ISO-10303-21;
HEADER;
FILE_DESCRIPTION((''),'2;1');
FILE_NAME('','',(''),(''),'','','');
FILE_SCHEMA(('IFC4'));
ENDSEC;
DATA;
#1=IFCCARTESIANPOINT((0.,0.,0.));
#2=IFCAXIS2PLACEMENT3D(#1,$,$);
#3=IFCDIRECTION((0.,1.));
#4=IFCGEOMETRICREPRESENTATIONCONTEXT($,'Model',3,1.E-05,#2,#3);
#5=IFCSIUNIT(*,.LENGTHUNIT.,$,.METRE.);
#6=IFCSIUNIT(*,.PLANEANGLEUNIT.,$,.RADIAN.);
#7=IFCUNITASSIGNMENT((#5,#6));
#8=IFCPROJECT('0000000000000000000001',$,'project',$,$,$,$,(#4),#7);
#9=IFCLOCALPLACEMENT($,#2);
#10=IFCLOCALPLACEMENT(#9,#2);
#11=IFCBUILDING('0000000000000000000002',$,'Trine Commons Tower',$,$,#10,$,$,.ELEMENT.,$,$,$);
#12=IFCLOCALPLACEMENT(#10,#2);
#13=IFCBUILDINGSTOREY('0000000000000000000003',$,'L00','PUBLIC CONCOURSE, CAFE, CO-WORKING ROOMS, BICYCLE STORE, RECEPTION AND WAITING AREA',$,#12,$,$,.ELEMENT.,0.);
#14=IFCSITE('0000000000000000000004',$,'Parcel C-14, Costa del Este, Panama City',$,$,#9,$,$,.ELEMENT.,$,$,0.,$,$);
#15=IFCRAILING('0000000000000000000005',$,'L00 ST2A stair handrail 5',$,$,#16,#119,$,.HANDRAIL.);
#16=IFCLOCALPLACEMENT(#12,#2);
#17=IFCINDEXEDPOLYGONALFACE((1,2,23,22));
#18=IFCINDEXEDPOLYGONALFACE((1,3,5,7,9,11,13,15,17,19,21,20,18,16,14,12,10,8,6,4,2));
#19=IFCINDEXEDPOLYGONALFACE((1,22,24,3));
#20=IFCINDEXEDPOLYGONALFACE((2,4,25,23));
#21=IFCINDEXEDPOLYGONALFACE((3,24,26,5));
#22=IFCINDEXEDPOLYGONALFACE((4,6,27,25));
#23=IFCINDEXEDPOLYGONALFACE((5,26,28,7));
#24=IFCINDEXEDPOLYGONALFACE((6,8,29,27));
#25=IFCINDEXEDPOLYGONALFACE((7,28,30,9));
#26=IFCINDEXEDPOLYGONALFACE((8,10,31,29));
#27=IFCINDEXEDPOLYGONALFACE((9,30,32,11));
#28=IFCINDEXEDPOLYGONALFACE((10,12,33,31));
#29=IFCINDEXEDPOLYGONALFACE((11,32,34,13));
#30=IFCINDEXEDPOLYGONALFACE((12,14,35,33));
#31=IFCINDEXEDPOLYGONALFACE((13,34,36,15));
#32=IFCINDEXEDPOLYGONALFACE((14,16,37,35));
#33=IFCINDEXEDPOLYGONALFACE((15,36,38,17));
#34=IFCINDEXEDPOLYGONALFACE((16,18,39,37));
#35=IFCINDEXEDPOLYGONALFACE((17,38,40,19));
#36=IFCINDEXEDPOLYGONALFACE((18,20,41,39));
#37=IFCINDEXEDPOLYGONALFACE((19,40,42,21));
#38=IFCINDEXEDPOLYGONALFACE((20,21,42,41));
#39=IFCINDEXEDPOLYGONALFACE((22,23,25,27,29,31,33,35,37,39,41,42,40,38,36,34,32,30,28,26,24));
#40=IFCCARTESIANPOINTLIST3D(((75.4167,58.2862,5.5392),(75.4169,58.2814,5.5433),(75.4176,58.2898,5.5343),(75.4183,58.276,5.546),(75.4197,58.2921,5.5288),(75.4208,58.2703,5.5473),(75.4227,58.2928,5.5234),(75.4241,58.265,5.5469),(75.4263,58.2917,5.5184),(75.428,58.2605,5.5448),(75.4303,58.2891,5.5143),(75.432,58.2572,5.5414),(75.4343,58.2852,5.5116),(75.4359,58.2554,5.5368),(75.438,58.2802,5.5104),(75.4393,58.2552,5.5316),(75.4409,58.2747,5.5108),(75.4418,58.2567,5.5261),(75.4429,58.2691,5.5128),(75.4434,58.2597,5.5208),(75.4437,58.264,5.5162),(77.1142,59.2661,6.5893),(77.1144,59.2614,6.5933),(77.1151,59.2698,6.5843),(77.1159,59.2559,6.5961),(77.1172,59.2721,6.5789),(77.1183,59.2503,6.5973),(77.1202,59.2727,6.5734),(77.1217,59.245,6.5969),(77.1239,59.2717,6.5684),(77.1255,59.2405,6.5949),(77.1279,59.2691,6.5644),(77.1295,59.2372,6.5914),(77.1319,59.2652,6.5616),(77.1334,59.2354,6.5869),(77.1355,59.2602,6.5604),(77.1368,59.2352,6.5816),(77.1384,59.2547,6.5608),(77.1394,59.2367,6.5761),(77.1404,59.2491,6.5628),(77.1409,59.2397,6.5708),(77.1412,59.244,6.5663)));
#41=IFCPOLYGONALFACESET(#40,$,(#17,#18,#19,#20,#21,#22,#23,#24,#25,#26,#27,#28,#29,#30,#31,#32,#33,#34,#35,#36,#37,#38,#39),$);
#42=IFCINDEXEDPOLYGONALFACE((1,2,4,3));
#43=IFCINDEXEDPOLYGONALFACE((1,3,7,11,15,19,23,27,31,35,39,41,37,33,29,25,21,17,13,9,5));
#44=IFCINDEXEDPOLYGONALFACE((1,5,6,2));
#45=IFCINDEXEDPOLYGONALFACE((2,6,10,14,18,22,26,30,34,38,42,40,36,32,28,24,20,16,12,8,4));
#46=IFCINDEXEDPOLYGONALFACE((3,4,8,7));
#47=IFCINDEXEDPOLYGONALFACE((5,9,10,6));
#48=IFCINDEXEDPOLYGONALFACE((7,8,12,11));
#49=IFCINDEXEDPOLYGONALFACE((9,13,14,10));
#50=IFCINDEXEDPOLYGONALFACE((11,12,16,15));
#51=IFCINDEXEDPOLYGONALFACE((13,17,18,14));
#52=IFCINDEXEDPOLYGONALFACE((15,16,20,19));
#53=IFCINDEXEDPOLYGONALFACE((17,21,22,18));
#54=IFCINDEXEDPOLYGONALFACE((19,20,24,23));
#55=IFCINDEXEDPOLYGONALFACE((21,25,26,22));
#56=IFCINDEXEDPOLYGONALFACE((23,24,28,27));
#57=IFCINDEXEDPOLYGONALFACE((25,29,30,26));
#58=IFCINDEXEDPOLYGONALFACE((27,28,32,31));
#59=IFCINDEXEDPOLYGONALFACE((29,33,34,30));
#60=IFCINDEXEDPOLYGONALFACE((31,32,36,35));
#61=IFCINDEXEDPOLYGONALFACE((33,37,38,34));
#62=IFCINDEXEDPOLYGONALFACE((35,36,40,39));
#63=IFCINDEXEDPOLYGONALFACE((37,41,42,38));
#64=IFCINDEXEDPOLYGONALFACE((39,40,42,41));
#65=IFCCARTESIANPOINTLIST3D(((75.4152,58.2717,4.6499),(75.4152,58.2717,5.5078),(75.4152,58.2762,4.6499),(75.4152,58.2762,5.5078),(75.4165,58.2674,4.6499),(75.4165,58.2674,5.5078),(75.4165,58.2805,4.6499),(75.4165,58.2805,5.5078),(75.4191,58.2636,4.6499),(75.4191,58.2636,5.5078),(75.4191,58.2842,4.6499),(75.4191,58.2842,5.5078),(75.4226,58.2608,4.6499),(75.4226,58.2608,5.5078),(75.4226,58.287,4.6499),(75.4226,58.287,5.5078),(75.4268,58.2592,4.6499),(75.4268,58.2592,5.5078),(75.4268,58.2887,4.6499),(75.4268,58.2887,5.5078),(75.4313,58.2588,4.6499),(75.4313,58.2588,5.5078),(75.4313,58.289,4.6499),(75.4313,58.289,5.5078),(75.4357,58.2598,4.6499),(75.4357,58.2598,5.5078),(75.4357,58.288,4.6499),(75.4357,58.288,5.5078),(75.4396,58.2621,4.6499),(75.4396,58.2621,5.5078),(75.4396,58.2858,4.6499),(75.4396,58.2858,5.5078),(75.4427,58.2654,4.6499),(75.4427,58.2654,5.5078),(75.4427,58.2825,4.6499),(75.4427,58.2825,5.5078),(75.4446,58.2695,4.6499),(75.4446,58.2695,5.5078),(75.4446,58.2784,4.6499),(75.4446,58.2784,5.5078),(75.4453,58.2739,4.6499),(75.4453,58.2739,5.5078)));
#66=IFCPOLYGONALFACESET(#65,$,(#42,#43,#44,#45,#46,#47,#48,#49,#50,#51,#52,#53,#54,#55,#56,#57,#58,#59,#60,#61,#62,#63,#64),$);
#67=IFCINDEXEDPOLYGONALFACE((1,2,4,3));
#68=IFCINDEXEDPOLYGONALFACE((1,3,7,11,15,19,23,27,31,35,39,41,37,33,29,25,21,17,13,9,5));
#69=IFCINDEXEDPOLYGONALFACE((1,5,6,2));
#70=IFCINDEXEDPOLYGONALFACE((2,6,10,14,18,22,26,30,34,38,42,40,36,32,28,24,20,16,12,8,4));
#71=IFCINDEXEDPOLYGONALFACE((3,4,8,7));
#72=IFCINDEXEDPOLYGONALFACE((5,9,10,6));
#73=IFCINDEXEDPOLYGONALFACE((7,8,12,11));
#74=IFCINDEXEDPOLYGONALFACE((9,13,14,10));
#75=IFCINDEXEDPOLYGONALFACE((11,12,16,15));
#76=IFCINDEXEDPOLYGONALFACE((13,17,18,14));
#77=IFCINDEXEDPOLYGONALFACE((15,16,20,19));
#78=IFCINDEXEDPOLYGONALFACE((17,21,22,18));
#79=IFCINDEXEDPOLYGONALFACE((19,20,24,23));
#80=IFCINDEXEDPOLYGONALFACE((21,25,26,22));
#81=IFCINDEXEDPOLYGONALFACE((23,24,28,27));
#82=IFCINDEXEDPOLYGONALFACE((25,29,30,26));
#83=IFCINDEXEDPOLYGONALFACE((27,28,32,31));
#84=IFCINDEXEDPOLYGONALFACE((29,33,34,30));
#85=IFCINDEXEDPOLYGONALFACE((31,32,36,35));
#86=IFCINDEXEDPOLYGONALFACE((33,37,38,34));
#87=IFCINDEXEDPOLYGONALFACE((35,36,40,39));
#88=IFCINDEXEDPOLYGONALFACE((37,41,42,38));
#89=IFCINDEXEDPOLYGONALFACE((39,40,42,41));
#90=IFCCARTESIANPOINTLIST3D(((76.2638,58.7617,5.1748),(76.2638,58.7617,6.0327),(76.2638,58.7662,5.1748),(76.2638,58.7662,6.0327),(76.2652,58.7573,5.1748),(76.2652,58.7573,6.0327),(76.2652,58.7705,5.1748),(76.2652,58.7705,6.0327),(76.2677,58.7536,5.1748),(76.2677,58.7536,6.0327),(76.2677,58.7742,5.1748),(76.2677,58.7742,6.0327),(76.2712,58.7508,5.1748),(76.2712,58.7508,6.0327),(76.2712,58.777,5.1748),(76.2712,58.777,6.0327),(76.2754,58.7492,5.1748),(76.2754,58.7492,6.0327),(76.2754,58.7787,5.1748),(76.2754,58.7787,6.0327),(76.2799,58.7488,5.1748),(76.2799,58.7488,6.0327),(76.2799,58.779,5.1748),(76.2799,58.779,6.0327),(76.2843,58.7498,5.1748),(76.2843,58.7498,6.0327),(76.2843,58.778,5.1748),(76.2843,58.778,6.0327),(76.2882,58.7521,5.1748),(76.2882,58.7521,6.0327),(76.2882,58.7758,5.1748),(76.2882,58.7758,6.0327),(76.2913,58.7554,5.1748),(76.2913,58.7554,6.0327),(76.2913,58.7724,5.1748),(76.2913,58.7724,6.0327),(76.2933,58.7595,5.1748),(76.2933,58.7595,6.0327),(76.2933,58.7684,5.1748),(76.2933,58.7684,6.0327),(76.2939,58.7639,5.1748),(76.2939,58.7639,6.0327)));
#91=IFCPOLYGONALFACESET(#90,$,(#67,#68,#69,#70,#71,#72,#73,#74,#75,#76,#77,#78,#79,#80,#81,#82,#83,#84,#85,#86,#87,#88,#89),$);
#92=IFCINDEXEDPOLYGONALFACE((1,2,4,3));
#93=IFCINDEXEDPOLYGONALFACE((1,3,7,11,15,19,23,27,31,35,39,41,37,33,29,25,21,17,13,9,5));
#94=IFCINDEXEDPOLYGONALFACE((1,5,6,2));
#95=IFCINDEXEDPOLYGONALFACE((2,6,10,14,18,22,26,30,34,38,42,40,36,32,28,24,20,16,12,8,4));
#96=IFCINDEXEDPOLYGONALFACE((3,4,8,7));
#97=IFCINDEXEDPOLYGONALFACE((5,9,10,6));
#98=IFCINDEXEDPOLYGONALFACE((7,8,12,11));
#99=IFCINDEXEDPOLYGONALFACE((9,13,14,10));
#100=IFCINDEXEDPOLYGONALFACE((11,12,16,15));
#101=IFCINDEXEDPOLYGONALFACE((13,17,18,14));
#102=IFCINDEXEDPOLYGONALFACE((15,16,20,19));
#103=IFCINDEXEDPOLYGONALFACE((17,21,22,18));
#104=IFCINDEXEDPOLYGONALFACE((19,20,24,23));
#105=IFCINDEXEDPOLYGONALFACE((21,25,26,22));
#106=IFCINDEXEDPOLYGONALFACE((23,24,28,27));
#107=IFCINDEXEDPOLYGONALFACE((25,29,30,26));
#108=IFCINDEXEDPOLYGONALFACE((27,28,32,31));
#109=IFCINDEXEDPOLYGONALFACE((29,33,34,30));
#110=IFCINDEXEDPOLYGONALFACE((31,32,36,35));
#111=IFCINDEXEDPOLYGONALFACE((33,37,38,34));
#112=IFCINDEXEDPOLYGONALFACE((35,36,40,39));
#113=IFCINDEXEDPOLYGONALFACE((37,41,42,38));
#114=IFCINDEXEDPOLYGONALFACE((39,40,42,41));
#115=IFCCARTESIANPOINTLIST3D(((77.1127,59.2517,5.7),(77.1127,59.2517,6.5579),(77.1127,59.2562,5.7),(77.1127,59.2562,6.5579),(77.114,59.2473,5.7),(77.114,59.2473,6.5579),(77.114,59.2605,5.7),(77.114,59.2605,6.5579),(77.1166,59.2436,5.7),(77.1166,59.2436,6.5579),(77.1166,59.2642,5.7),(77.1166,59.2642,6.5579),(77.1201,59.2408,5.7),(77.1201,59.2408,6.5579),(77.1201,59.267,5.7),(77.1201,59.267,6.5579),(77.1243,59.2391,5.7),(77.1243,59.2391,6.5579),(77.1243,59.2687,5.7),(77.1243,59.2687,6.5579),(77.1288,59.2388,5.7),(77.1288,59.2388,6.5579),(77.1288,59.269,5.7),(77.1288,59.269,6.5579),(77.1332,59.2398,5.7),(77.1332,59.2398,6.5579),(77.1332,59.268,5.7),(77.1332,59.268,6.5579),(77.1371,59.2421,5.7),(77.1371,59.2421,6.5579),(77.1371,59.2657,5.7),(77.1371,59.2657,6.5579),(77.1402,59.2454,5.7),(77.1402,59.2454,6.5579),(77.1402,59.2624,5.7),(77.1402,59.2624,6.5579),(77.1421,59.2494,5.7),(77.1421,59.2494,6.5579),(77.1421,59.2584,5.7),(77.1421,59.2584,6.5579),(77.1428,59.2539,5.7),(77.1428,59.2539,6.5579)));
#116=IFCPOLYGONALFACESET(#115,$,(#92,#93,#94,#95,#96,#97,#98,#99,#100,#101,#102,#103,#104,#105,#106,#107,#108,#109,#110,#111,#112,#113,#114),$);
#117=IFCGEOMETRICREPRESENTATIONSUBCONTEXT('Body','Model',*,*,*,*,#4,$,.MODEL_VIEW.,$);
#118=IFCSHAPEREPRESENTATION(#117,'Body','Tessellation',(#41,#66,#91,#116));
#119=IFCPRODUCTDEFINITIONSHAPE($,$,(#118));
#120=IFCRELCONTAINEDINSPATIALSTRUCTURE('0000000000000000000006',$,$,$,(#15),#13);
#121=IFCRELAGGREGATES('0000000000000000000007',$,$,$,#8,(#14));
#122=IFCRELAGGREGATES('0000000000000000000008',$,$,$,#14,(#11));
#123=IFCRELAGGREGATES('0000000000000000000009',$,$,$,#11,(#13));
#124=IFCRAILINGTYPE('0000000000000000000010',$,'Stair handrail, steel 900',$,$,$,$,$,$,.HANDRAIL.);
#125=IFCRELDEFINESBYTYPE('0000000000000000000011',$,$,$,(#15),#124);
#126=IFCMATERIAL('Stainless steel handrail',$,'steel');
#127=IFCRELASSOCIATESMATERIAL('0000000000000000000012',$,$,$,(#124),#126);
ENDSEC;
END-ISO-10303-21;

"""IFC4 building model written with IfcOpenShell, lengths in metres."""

from ifc_helpers import new_model, si_unit, direction, frame, origin, origin_2d, place, context, subcontext, project, spatial, circle, extrude, material, type_object, element, save


model = new_model("IFC4")

# Units and contexts
model_context = context("Model", 3, precision=1e-05, world=origin(), true_north=direction((0.0, 1.0)))
body_context = subcontext(model_context, "Body", "Model", "MODEL_VIEW")
ifc_project = project(units=[si_unit("LENGTHUNIT", "METRE"), si_unit("PLANEANGLEUNIT", "RADIAN")], contexts=[model_context])

# Site, building, storey
site_placement = place(None, origin())
site = spatial("IfcSite", under=ifc_project, at=site_placement, Name="Parcel C-14, Costa del Este, Panama City", CompositionType="ELEMENT", RefElevation=0.0)
building_placement = place(site_placement, origin())
building = spatial("IfcBuilding", under=site, at=building_placement, Name="Trine Commons Tower", CompositionType="ELEMENT")
storey_placement = place(building_placement, origin())
storey = spatial("IfcBuildingStorey", under=building, at=storey_placement, Name="L00", Description="PUBLIC CONCOURSE, CAFE, CO-WORKING ROOMS, BICYCLE STORE, RECEPTION AND WAITING AREA", CompositionType="ELEMENT", Elevation=0.0)

# Railing
ifc_material_1 = material(Name="Stainless steel handrail", Category="steel")
railing_type = type_object("IfcRailingType", Name="Stair handrail, steel 900", PredefinedType="HANDRAIL", material=ifc_material_1)
railing_1_placement = place(storey_placement, frame((75.4302, 58.2739, 4.6499)))
element("IfcRailing", 1, at=railing_1_placement, inside=storey, type_object=railing_type, Name="L00 ST2A stair handrail 5", PredefinedType="HANDRAIL", context=body_context, shape_type="SweptSolid", body=[
    extrude(circle(Radius=0.021, at=origin_2d()), frame((0.0, 0.0, 0.8789), z_axis=(0.763398, 0.440713, 0.472224), x_axis=(-0.49997, 0.866042, 0.0)), (0.0, 0.0, 1.0), 2.2236),
    extrude(circle(Radius=0.0151, at=origin_2d()), origin(), (0.0, 0.0, 1.0), 0.8579),
    extrude(circle(Radius=0.0151, at=origin_2d()), frame((0.8486, 0.49, 0.5249)), (0.0, 0.0, 1.0), 0.8579),
    extrude(circle(Radius=0.0151, at=origin_2d()), frame((1.6975, 0.98, 1.05)), (0.0, 0.0, 1.0), 0.8579),
])

save(model, "model.ifc")
